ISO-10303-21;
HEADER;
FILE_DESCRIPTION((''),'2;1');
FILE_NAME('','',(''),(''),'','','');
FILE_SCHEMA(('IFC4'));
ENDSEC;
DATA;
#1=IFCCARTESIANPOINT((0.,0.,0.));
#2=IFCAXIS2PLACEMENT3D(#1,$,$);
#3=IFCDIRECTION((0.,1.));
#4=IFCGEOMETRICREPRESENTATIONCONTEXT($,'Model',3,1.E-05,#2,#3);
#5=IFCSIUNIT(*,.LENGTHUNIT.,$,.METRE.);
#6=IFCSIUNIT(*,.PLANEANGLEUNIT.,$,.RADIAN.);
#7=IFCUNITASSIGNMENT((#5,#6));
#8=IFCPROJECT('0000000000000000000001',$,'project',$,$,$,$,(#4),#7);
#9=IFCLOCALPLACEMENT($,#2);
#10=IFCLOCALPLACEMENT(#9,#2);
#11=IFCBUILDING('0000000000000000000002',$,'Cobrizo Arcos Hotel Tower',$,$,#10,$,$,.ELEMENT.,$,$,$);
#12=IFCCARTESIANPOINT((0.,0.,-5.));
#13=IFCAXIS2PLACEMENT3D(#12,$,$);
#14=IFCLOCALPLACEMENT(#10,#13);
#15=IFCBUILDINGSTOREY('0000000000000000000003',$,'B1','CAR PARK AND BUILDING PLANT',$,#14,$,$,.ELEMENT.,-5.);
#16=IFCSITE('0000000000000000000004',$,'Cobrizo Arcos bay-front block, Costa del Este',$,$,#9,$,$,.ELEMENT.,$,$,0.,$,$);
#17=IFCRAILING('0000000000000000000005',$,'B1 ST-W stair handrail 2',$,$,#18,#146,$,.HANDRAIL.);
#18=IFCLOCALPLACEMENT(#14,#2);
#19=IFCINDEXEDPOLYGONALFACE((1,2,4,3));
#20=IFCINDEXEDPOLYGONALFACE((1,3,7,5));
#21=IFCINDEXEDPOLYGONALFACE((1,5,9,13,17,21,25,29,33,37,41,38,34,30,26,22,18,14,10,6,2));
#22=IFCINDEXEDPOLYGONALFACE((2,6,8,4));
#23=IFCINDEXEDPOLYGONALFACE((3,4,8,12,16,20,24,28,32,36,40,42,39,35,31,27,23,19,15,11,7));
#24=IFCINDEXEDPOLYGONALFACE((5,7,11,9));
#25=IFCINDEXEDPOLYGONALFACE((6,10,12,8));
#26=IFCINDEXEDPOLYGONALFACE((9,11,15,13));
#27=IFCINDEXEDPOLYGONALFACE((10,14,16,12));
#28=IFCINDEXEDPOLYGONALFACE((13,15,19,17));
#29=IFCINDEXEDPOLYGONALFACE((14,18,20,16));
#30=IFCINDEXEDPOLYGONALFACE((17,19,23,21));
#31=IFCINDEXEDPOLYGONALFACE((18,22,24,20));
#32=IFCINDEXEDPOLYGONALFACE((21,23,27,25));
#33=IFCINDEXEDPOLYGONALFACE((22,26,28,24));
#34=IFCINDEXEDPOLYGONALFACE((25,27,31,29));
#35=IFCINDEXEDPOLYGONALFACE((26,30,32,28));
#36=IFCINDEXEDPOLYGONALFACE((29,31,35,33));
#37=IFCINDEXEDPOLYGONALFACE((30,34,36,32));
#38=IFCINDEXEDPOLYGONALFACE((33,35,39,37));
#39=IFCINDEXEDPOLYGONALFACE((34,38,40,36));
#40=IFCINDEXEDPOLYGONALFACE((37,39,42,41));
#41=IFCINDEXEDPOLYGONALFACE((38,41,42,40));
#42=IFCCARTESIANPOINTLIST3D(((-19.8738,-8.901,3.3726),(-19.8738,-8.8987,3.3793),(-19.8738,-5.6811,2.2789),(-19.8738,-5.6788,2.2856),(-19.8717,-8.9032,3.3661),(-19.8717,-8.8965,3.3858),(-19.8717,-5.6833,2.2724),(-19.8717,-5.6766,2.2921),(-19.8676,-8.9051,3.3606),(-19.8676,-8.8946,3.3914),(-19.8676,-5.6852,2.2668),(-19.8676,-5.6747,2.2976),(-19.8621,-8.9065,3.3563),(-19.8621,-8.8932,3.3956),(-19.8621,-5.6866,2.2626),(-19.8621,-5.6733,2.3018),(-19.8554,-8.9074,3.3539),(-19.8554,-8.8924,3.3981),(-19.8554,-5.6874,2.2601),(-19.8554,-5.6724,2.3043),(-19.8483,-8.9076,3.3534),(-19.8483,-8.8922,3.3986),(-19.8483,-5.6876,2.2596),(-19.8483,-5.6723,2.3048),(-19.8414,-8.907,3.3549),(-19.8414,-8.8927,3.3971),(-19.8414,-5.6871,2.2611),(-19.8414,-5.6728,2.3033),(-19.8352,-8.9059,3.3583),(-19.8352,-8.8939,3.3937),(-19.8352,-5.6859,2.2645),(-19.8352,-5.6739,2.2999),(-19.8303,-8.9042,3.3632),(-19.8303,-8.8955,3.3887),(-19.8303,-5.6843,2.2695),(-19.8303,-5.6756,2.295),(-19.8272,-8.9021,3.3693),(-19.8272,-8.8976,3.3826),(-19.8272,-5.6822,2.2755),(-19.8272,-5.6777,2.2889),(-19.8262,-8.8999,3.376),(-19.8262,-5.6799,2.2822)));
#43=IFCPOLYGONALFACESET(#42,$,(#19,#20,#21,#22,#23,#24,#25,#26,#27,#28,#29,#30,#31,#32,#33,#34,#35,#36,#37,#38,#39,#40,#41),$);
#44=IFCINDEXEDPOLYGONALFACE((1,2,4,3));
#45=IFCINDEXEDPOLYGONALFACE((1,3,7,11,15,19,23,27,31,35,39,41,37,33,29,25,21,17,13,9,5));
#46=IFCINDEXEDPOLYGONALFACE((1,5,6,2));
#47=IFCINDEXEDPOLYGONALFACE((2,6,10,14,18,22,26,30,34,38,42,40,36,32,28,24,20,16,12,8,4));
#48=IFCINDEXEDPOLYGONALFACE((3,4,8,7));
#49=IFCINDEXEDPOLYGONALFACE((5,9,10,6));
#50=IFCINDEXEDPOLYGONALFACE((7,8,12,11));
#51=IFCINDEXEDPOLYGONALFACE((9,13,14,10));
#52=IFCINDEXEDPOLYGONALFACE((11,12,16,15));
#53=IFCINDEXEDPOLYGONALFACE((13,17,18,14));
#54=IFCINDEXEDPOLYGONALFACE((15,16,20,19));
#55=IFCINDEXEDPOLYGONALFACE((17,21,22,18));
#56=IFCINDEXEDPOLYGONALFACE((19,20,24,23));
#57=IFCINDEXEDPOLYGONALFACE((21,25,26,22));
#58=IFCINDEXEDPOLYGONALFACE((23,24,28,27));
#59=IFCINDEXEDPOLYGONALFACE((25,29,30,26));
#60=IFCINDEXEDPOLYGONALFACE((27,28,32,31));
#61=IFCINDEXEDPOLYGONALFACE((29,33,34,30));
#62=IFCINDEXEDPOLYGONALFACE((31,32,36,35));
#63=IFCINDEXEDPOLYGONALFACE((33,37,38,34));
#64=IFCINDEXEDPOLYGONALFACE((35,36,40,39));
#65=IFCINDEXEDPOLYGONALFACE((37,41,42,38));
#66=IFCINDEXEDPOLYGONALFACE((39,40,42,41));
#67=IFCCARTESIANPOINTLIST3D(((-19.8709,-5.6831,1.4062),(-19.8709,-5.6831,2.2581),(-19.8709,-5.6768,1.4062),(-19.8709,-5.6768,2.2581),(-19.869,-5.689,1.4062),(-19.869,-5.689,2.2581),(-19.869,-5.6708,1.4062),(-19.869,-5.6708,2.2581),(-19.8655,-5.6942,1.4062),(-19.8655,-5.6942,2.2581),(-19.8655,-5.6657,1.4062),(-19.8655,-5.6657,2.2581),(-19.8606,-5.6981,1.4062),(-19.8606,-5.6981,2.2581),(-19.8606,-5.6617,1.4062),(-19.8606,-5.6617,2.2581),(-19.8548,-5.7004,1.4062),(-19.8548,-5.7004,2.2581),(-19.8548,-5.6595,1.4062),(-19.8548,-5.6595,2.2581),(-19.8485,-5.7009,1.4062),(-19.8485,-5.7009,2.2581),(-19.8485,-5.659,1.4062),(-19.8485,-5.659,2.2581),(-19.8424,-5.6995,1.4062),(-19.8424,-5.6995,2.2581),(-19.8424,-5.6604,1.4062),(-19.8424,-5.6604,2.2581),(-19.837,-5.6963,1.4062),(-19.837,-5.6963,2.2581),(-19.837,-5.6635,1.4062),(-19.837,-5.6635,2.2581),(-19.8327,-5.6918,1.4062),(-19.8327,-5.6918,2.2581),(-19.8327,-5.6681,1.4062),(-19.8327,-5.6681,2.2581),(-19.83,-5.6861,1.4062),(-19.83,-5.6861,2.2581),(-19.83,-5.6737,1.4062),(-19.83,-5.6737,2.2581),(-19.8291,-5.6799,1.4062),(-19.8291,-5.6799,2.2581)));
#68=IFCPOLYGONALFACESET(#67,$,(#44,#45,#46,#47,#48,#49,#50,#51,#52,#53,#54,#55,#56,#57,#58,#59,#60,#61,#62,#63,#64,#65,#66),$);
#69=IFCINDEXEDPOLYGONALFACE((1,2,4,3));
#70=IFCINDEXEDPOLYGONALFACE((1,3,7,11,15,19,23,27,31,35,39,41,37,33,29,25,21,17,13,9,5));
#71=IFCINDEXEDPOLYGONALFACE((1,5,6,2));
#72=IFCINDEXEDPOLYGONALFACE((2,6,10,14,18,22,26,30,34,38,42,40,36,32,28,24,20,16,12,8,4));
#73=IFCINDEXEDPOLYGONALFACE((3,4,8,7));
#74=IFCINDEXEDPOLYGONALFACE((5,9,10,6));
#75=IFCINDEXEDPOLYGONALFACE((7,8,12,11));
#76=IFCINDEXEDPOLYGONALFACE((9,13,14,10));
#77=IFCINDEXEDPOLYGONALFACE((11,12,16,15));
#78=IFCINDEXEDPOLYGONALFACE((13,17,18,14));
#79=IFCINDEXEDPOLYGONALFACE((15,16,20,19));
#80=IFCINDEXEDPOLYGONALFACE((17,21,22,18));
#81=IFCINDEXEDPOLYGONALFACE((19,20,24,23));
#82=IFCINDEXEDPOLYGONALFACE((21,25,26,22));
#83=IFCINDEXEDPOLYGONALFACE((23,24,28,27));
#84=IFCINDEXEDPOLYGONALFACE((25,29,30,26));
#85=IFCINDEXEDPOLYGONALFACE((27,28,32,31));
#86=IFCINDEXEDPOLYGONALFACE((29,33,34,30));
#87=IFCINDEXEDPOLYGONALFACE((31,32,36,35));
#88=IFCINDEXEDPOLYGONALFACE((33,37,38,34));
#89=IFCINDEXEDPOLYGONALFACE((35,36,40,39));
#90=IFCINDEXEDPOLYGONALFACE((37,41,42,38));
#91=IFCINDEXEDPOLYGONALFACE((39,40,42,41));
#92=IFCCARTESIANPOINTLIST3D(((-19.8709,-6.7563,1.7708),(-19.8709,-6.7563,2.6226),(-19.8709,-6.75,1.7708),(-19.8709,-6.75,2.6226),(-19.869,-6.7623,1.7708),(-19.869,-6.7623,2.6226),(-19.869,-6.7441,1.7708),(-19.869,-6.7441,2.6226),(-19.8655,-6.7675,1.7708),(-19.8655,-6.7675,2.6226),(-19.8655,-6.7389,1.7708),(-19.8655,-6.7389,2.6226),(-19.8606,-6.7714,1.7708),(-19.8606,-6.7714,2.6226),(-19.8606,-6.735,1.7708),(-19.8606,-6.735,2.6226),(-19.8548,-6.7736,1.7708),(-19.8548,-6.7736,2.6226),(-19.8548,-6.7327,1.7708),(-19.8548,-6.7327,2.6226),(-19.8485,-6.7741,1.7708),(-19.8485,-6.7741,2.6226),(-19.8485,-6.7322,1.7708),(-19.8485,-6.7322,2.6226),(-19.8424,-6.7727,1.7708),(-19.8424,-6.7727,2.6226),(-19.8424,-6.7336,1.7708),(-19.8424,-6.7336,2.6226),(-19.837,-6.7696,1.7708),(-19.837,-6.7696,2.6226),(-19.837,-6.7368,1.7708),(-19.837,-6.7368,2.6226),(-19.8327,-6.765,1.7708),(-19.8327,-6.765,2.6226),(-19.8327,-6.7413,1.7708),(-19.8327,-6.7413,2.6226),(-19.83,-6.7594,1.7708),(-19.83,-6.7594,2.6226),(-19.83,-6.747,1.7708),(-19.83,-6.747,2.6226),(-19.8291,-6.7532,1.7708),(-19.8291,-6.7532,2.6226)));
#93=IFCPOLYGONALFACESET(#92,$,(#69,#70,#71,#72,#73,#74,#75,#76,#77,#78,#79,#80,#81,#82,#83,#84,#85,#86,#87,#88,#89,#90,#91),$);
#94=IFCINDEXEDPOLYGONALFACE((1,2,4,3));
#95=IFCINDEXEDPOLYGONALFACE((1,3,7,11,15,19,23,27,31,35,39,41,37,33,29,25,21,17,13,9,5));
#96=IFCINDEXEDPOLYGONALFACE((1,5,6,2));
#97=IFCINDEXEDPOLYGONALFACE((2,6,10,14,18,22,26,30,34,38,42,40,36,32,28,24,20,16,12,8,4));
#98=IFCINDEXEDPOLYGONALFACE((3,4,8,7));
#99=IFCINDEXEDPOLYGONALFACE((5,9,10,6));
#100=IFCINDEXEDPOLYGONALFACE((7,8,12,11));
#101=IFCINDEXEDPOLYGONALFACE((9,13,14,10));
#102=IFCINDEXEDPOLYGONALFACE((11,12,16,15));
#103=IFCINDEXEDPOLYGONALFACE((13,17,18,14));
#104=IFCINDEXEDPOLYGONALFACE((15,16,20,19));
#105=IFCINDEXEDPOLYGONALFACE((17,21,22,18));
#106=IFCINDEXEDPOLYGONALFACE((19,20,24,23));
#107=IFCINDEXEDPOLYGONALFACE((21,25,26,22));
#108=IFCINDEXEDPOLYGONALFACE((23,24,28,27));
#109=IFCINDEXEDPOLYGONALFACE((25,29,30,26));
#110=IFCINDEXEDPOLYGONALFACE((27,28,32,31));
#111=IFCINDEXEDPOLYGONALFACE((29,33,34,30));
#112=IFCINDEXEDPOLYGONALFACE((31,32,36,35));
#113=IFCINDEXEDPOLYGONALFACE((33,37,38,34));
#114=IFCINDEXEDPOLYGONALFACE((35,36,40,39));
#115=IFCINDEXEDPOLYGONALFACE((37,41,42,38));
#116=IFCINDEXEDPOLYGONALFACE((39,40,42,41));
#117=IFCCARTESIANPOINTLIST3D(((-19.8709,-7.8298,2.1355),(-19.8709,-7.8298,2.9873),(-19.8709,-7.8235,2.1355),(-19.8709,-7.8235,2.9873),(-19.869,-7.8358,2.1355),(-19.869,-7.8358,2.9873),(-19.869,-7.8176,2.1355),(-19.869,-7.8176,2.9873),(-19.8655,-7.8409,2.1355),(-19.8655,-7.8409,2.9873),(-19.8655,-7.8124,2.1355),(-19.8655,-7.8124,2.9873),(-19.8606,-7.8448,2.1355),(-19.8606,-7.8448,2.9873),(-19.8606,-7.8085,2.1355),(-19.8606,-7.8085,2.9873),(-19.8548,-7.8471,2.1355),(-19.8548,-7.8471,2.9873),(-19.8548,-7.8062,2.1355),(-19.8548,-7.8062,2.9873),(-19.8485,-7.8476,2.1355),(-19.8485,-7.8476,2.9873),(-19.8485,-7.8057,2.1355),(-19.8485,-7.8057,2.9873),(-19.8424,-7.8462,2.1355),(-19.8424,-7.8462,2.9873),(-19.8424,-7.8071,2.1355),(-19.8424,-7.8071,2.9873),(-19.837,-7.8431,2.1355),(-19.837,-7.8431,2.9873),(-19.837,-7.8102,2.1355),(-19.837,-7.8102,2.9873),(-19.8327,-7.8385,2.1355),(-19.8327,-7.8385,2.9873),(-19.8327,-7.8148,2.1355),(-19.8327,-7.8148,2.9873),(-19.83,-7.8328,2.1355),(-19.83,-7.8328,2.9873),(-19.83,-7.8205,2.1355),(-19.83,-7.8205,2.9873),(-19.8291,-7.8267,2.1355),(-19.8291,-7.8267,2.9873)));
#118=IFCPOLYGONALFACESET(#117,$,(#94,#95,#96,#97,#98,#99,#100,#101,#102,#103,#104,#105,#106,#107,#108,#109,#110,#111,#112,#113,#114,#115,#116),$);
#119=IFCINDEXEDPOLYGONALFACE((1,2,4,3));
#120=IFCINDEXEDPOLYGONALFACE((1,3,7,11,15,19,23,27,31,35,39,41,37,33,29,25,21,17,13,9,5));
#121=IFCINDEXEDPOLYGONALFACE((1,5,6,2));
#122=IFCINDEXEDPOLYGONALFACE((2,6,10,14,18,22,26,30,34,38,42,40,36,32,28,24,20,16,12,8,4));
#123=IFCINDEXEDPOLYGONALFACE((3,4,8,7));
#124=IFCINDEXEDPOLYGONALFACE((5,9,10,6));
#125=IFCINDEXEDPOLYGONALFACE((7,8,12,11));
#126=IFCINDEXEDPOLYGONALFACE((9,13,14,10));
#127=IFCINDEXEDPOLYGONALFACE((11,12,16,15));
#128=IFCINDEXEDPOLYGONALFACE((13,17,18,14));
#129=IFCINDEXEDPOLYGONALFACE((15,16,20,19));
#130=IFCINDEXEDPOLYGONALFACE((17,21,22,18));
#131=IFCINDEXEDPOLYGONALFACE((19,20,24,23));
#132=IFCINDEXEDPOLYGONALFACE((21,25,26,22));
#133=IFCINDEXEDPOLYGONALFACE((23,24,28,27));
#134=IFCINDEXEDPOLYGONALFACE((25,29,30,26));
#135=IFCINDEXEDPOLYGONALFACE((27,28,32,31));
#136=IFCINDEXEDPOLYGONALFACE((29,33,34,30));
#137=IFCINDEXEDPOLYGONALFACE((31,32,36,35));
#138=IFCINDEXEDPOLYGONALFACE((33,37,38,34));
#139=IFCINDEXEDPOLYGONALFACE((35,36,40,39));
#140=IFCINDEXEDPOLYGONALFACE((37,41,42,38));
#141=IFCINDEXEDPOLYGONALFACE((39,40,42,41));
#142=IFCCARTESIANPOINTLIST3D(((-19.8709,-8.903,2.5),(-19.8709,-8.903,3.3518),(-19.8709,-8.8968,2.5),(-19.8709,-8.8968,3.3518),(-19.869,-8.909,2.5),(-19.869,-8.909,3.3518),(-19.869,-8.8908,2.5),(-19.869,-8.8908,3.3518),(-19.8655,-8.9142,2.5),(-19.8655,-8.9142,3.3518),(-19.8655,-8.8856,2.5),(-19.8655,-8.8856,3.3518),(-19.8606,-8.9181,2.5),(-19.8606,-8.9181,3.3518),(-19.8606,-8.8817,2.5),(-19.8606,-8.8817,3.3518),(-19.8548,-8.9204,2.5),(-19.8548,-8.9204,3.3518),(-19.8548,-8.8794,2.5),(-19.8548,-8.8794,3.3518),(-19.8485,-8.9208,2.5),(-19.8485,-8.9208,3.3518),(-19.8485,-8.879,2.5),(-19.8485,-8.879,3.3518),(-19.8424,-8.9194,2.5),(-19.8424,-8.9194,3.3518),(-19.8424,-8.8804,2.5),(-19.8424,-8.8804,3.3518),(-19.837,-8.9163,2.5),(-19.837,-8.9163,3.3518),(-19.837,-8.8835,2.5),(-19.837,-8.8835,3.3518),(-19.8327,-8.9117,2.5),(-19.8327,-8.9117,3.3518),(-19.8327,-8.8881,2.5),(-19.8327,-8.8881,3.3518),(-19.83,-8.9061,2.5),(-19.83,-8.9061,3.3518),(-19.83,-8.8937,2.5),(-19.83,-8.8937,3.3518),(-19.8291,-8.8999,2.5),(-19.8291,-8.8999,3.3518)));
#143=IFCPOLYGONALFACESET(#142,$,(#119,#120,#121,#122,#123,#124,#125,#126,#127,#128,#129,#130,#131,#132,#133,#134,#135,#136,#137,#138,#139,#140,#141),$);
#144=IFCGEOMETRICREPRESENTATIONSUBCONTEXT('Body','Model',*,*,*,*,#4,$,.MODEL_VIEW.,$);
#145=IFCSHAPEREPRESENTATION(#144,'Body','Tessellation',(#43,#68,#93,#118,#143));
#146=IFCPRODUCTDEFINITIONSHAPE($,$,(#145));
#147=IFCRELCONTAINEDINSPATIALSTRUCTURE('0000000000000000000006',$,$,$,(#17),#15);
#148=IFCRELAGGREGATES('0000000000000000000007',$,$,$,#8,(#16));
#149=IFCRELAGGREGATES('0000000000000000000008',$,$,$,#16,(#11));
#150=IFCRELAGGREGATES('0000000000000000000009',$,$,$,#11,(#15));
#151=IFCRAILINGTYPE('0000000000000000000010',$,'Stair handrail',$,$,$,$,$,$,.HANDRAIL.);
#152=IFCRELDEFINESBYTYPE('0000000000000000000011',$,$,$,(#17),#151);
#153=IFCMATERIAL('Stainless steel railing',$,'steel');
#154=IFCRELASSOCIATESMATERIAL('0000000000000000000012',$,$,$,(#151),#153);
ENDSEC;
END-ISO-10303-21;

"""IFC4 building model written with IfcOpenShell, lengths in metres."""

from ifc_helpers import new_model, si_unit, direction, frame, origin, origin_2d, place, context, subcontext, project, spatial, circle, extrude, material, type_object, element, save


model = new_model("IFC4")

# Units and contexts
model_context = context("Model", 3, precision=1e-05, world=origin(), true_north=direction((0.0, 1.0)))
body_context = subcontext(model_context, "Body", "Model", "MODEL_VIEW")
ifc_project = project(units=[si_unit("LENGTHUNIT", "METRE"), si_unit("PLANEANGLEUNIT", "RADIAN")], contexts=[model_context])

# Site, building, storey
site_placement = place(None, origin())
site = spatial("IfcSite", under=ifc_project, at=site_placement, Name="Cobrizo Arcos bay-front block, Costa del Este", CompositionType="ELEMENT", RefElevation=0.0)
building_placement = place(site_placement, origin())
building = spatial("IfcBuilding", under=site, at=building_placement, Name="Cobrizo Arcos Hotel Tower", CompositionType="ELEMENT")
storey_placement = place(building_placement, frame((0.0, 0.0, -5.0)))
storey = spatial("IfcBuildingStorey", under=building, at=storey_placement, Name="B1", Description="CAR PARK AND BUILDING PLANT", CompositionType="ELEMENT", Elevation=-5.0)

# Railing
ifc_material_1 = material(Name="Stainless steel railing", Category="steel")
railing_type_1 = type_object("IfcRailingType", Name="Stair handrail", PredefinedType="HANDRAIL", material=ifc_material_1)
railing_1_placement = place(storey_placement, frame((-19.8501, -5.6799, 1.4062)))
element("IfcRailing", 1, at=railing_1_placement, inside=storey, type_object=railing_type_1, Name="B1 ST-W stair handrail 2", PredefinedType="HANDRAIL", context=body_context, shape_type="SweptSolid", body=[
    extrude(circle(Radius=0.0239, at=origin_2d()), frame((0.0, 0.0, 0.876), z_axis=(0.0, -0.946866, 0.321629), x_axis=(1.0, 0.0, 0.0)), (0.0, 0.0, 1.0), 3.4006),
    extrude(circle(Radius=0.021, at=origin_2d()), origin(), (0.0, 0.0, 1.0), 0.8518),
    extrude(circle(Radius=0.021, at=origin_2d()), frame((0.0, -1.0732, 0.3645)), (0.0, 0.0, 1.0), 0.8518),
    extrude(circle(Radius=0.021, at=origin_2d()), frame((0.0, -2.1467, 0.7292)), (0.0, 0.0, 1.0), 0.8518),
    extrude(circle(Radius=0.021, at=origin_2d()), frame((0.0, -3.22, 1.0938)), (0.0, 0.0, 1.0), 0.8518),
])

save(model, "model.ifc")
